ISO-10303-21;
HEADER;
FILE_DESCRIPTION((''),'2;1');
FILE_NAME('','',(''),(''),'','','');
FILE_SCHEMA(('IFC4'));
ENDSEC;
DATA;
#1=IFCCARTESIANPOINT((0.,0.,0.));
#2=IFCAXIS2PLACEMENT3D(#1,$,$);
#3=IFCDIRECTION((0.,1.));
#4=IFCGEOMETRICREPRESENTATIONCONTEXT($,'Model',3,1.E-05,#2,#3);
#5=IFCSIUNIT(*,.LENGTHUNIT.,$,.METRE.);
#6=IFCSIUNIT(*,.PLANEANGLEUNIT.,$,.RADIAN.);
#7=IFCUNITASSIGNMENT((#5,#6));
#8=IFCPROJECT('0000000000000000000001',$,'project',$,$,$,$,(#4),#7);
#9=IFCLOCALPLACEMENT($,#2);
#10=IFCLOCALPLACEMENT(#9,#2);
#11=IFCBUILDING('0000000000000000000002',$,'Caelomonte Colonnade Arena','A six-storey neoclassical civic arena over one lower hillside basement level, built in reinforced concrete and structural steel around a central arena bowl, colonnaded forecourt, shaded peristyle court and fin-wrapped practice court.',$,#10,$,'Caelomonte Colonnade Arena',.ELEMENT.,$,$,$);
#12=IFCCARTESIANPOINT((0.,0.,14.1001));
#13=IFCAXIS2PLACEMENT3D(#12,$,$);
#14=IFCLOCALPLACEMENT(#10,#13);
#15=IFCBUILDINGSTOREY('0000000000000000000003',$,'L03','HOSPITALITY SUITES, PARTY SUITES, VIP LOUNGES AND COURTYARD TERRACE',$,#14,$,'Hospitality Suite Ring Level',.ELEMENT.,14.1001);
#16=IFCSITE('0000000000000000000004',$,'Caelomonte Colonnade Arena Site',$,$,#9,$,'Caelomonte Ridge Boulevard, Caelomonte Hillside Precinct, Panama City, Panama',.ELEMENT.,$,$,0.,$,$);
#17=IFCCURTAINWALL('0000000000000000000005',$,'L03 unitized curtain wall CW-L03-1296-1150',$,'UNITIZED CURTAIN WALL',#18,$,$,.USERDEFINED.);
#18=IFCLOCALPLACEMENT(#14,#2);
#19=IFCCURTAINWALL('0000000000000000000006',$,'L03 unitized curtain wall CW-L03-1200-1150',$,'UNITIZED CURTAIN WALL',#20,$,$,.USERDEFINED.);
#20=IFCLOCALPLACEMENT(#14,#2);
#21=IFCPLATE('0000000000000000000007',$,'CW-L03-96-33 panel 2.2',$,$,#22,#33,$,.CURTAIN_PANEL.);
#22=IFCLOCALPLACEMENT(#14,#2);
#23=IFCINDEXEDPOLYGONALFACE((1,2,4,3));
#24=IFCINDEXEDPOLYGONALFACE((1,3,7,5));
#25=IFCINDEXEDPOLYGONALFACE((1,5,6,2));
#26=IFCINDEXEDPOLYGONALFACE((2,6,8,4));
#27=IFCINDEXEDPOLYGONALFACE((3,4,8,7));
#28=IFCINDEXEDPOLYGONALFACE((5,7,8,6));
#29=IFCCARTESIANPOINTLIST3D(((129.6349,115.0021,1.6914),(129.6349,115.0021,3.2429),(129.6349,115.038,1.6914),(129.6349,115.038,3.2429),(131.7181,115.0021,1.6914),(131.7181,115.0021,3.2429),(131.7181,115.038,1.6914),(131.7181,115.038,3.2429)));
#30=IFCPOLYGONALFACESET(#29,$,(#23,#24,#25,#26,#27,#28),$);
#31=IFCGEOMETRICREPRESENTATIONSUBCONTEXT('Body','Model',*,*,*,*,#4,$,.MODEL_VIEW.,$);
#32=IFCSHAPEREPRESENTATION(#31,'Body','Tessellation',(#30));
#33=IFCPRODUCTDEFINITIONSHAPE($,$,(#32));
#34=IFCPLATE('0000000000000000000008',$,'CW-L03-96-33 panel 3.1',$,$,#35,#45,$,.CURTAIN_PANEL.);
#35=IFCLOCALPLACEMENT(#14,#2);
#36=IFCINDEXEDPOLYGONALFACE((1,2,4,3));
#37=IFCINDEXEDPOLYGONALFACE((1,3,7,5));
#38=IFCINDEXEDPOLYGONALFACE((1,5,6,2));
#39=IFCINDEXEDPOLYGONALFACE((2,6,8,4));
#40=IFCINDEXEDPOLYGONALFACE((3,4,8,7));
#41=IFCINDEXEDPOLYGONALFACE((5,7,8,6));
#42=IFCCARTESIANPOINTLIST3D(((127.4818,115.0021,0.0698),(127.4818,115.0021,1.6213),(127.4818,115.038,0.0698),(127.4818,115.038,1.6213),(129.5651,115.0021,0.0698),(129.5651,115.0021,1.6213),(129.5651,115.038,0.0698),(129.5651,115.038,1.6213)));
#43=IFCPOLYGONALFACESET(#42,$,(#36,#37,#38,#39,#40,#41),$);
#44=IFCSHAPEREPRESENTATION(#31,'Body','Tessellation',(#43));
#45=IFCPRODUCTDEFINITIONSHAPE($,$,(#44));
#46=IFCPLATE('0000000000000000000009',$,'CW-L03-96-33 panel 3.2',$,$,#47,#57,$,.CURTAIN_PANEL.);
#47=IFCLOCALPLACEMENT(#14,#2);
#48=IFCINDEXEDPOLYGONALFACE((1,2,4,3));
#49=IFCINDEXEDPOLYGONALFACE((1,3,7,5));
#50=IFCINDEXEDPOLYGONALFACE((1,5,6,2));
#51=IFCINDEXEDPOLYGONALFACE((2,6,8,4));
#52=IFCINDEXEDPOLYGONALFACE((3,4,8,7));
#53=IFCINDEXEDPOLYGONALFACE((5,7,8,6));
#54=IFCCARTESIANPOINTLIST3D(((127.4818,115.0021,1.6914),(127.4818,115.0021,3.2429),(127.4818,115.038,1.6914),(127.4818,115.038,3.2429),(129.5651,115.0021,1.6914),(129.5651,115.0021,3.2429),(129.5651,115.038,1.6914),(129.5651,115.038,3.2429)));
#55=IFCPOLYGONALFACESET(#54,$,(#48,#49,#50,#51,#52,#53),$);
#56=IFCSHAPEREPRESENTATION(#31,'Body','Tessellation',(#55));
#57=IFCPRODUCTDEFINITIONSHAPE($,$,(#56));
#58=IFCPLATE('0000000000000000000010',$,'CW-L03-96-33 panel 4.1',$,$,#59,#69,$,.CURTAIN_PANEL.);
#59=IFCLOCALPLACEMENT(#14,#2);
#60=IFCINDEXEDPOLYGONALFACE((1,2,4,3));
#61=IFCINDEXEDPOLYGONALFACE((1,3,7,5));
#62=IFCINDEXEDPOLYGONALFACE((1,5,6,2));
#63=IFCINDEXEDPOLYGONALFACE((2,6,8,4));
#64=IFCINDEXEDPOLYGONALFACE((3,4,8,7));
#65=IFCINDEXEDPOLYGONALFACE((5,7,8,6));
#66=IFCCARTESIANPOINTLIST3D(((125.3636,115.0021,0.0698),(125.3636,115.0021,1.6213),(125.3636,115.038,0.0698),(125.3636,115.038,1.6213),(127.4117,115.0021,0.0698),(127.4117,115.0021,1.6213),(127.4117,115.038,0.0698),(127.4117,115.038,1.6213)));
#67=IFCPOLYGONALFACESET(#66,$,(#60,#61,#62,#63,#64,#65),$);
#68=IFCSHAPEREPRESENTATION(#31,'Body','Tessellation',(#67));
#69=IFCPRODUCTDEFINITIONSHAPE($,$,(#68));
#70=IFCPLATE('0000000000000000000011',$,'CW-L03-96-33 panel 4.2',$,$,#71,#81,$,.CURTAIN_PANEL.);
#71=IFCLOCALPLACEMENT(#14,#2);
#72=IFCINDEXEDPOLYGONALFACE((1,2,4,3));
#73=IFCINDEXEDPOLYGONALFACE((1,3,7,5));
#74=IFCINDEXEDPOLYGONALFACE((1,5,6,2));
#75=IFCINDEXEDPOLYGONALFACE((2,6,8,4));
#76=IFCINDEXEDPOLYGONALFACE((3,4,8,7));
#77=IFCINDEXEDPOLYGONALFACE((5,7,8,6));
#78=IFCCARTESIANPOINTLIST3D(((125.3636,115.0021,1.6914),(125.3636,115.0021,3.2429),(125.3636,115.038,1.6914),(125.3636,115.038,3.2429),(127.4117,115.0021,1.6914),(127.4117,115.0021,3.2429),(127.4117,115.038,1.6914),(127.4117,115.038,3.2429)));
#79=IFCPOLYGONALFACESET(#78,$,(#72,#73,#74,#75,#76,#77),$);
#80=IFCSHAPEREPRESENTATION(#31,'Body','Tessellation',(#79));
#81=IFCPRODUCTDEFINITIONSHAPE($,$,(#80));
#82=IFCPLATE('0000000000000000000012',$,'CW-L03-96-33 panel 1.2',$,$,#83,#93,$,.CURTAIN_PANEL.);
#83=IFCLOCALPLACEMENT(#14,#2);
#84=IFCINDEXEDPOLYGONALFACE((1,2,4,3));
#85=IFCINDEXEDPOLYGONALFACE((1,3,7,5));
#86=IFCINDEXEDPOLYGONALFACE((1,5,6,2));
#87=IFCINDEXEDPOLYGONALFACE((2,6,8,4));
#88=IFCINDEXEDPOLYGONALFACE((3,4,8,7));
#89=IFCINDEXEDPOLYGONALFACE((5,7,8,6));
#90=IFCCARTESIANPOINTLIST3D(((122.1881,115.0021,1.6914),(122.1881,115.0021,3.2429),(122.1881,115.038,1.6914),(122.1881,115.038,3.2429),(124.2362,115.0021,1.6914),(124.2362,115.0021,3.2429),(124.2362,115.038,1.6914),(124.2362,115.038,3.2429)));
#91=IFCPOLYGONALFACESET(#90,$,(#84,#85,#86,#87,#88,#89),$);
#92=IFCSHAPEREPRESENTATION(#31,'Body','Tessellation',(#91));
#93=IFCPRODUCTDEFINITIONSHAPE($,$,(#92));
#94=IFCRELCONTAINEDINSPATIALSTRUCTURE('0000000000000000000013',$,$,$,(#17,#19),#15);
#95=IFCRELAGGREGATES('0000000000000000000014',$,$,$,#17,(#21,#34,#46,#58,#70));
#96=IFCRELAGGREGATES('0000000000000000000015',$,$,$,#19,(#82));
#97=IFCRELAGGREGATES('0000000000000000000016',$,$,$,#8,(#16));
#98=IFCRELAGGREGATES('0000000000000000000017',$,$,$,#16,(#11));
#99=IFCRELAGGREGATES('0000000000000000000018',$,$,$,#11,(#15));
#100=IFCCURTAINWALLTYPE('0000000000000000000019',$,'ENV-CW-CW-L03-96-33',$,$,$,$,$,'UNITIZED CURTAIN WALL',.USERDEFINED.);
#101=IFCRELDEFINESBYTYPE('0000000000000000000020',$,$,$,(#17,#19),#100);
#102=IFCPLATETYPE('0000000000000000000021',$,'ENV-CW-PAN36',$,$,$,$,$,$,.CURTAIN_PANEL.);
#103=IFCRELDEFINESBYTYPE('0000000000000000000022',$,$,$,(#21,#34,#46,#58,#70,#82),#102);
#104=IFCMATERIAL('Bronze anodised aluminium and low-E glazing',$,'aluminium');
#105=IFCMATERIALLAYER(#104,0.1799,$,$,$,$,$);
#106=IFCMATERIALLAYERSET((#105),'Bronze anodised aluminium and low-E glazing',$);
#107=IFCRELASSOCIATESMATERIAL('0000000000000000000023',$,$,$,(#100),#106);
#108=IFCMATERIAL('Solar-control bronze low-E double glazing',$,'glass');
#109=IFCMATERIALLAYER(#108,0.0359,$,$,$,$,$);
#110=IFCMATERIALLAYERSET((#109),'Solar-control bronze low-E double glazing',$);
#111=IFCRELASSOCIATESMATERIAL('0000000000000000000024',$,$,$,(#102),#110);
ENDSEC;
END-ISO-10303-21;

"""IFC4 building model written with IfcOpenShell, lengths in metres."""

from ifc_helpers import new_model, si_unit, direction, frame, origin, origin_2d, place, context, subcontext, project, spatial, rectangle, extrude, material, layer, layer_set, type_object, element, aggregate, save


model = new_model("IFC4")

# Units and contexts
model_context = context("Model", 3, precision=1e-05, world=origin(), true_north=direction((0.0, 1.0)))
body_context = subcontext(model_context, "Body", "Model", "MODEL_VIEW")
ifc_project = project(units=[si_unit("LENGTHUNIT", "METRE"), si_unit("PLANEANGLEUNIT", "RADIAN")], contexts=[model_context])

# Site, building, storey
site_placement = place(None, origin())
site = spatial("IfcSite", under=ifc_project, at=site_placement, Name="Caelomonte Colonnade Arena Site", LongName="Caelomonte Ridge Boulevard, Caelomonte Hillside Precinct, Panama City, Panama", CompositionType="ELEMENT", RefElevation=0.0)
building_placement = place(site_placement, origin())
building = spatial("IfcBuilding", under=site, at=building_placement, Name="Caelomonte Colonnade Arena", Description="A six-storey neoclassical civic arena over one lower hillside basement level, built in reinforced concrete and structural steel around a central arena bowl, colonnaded forecourt, shaded peristyle court and fin-wrapped practice court.", LongName="Caelomonte Colonnade Arena", CompositionType="ELEMENT")
storey_placement = place(building_placement, frame((0.0, 0.0, 14.1001)))
storey = spatial("IfcBuildingStorey", under=building, at=storey_placement, Name="L03", Description="HOSPITALITY SUITES, PARTY SUITES, VIP LOUNGES AND COURTYARD TERRACE", LongName="Hospitality Suite Ring Level", CompositionType="ELEMENT", Elevation=14.1001)

# Curtain wall
ifc_material_1 = material(Name="Bronze anodised aluminium and low-E glazing", Category="aluminium")
ifc_layer_1 = layer(ifc_material_1, 0.1799)
ifc_layer_set_1 = layer_set([ifc_layer_1], Name="Bronze anodised aluminium and low-E glazing")
curtain_wall_type = type_object("IfcCurtainWallType", Name="ENV-CW-CW-L03-96-33", ElementType="UNITIZED CURTAIN WALL", PredefinedType="USERDEFINED", material=ifc_layer_set_1)
curtain_wall_1_placement = place(storey_placement, origin())
curtain_wall_1 = element("IfcCurtainWall", 1, at=curtain_wall_1_placement, inside=storey, type_object=curtain_wall_type, Name="L03 unitized curtain wall CW-L03-1296-1150", ObjectType="UNITIZED CURTAIN WALL", PredefinedType="USERDEFINED")

# Curtain wall
curtain_wall_2_placement = place(storey_placement, origin())
curtain_wall_2 = element("IfcCurtainWall", 2, at=curtain_wall_2_placement, inside=storey, type_object=curtain_wall_type, Name="L03 unitized curtain wall CW-L03-1200-1150", ObjectType="UNITIZED CURTAIN WALL", PredefinedType="USERDEFINED")

# Plates
ifc_material_2 = material(Name="Solar-control bronze low-E double glazing", Category="glass")
ifc_layer_2 = layer(ifc_material_2, 0.0359)
ifc_layer_set_2 = layer_set([ifc_layer_2], Name="Solar-control bronze low-E double glazing")
plate_type = type_object("IfcPlateType", Name="ENV-CW-PAN36", PredefinedType="CURTAIN_PANEL", material=ifc_layer_set_2)
plate_1_placement = place(storey_placement, frame((130.6765, 115.02, 1.6914), z_axis=(0.0, 0.0, 1.0), x_axis=(-1.0, 0.0, 0.0)))
plate_1 = element("IfcPlate", 3, at=plate_1_placement, type_object=plate_type, Name="CW-L03-96-33 panel 2.2", PredefinedType="CURTAIN_PANEL", context=body_context, shape_type="SweptSolid", body=[
    extrude(rectangle(XDim=2.0833, YDim=0.0359, at=origin_2d()), origin(), (0.0, 0.0, 1.0), 1.5515),
])
plate_2_placement = place(storey_placement, frame((128.5234, 115.02, 0.0698), z_axis=(0.0, 0.0, 1.0), x_axis=(-1.0, 0.0, 0.0)))
plate_2 = element("IfcPlate", 4, at=plate_2_placement, type_object=plate_type, Name="CW-L03-96-33 panel 3.1", PredefinedType="CURTAIN_PANEL", context=body_context, shape_type="SweptSolid", body=[
    extrude(rectangle(XDim=2.0833, YDim=0.0359, at=origin_2d()), origin(), (0.0, 0.0, 1.0), 1.5515),
])
plate_3_placement = place(storey_placement, frame((128.5234, 115.02, 1.6914), z_axis=(0.0, 0.0, 1.0), x_axis=(-1.0, 0.0, 0.0)))
plate_3 = element("IfcPlate", 5, at=plate_3_placement, type_object=plate_type, Name="CW-L03-96-33 panel 3.2", PredefinedType="CURTAIN_PANEL", context=body_context, shape_type="SweptSolid", body=[
    extrude(rectangle(XDim=2.0833, YDim=0.0359, at=origin_2d()), origin(), (0.0, 0.0, 1.0), 1.5515),
])
plate_4_placement = place(storey_placement, frame((126.3877, 115.02, 0.0698), z_axis=(0.0, 0.0, 1.0), x_axis=(-1.0, 0.0, 0.0)))
plate_4 = element("IfcPlate", 6, at=plate_4_placement, type_object=plate_type, Name="CW-L03-96-33 panel 4.1", PredefinedType="CURTAIN_PANEL", context=body_context, shape_type="SweptSolid", body=[
    extrude(rectangle(XDim=2.0481, YDim=0.0359, at=origin_2d()), origin(), (0.0, 0.0, 1.0), 1.5515),
])
plate_5_placement = place(storey_placement, frame((126.3877, 115.02, 1.6914), z_axis=(0.0, 0.0, 1.0), x_axis=(-1.0, 0.0, 0.0)))
plate_5 = element("IfcPlate", 7, at=plate_5_placement, type_object=plate_type, Name="CW-L03-96-33 panel 4.2", PredefinedType="CURTAIN_PANEL", context=body_context, shape_type="SweptSolid", body=[
    extrude(rectangle(XDim=2.0481, YDim=0.0359, at=origin_2d()), origin(), (0.0, 0.0, 1.0), 1.5515),
])
aggregate(curtain_wall_1, [plate_1, plate_2, plate_3, plate_4, plate_5])
plate_6_placement = place(storey_placement, frame((123.2122, 115.02, 1.6914), z_axis=(0.0, 0.0, 1.0), x_axis=(-1.0, 0.0, 0.0)))
plate_6 = element("IfcPlate", 8, at=plate_6_placement, type_object=plate_type, Name="CW-L03-96-33 panel 1.2", PredefinedType="CURTAIN_PANEL", context=body_context, shape_type="SweptSolid", body=[
    extrude(rectangle(XDim=2.0481, YDim=0.0359, at=origin_2d()), origin(), (0.0, 0.0, 1.0), 1.5515),
])
aggregate(curtain_wall_2, [plate_6])

save(model, "model.ifc")
